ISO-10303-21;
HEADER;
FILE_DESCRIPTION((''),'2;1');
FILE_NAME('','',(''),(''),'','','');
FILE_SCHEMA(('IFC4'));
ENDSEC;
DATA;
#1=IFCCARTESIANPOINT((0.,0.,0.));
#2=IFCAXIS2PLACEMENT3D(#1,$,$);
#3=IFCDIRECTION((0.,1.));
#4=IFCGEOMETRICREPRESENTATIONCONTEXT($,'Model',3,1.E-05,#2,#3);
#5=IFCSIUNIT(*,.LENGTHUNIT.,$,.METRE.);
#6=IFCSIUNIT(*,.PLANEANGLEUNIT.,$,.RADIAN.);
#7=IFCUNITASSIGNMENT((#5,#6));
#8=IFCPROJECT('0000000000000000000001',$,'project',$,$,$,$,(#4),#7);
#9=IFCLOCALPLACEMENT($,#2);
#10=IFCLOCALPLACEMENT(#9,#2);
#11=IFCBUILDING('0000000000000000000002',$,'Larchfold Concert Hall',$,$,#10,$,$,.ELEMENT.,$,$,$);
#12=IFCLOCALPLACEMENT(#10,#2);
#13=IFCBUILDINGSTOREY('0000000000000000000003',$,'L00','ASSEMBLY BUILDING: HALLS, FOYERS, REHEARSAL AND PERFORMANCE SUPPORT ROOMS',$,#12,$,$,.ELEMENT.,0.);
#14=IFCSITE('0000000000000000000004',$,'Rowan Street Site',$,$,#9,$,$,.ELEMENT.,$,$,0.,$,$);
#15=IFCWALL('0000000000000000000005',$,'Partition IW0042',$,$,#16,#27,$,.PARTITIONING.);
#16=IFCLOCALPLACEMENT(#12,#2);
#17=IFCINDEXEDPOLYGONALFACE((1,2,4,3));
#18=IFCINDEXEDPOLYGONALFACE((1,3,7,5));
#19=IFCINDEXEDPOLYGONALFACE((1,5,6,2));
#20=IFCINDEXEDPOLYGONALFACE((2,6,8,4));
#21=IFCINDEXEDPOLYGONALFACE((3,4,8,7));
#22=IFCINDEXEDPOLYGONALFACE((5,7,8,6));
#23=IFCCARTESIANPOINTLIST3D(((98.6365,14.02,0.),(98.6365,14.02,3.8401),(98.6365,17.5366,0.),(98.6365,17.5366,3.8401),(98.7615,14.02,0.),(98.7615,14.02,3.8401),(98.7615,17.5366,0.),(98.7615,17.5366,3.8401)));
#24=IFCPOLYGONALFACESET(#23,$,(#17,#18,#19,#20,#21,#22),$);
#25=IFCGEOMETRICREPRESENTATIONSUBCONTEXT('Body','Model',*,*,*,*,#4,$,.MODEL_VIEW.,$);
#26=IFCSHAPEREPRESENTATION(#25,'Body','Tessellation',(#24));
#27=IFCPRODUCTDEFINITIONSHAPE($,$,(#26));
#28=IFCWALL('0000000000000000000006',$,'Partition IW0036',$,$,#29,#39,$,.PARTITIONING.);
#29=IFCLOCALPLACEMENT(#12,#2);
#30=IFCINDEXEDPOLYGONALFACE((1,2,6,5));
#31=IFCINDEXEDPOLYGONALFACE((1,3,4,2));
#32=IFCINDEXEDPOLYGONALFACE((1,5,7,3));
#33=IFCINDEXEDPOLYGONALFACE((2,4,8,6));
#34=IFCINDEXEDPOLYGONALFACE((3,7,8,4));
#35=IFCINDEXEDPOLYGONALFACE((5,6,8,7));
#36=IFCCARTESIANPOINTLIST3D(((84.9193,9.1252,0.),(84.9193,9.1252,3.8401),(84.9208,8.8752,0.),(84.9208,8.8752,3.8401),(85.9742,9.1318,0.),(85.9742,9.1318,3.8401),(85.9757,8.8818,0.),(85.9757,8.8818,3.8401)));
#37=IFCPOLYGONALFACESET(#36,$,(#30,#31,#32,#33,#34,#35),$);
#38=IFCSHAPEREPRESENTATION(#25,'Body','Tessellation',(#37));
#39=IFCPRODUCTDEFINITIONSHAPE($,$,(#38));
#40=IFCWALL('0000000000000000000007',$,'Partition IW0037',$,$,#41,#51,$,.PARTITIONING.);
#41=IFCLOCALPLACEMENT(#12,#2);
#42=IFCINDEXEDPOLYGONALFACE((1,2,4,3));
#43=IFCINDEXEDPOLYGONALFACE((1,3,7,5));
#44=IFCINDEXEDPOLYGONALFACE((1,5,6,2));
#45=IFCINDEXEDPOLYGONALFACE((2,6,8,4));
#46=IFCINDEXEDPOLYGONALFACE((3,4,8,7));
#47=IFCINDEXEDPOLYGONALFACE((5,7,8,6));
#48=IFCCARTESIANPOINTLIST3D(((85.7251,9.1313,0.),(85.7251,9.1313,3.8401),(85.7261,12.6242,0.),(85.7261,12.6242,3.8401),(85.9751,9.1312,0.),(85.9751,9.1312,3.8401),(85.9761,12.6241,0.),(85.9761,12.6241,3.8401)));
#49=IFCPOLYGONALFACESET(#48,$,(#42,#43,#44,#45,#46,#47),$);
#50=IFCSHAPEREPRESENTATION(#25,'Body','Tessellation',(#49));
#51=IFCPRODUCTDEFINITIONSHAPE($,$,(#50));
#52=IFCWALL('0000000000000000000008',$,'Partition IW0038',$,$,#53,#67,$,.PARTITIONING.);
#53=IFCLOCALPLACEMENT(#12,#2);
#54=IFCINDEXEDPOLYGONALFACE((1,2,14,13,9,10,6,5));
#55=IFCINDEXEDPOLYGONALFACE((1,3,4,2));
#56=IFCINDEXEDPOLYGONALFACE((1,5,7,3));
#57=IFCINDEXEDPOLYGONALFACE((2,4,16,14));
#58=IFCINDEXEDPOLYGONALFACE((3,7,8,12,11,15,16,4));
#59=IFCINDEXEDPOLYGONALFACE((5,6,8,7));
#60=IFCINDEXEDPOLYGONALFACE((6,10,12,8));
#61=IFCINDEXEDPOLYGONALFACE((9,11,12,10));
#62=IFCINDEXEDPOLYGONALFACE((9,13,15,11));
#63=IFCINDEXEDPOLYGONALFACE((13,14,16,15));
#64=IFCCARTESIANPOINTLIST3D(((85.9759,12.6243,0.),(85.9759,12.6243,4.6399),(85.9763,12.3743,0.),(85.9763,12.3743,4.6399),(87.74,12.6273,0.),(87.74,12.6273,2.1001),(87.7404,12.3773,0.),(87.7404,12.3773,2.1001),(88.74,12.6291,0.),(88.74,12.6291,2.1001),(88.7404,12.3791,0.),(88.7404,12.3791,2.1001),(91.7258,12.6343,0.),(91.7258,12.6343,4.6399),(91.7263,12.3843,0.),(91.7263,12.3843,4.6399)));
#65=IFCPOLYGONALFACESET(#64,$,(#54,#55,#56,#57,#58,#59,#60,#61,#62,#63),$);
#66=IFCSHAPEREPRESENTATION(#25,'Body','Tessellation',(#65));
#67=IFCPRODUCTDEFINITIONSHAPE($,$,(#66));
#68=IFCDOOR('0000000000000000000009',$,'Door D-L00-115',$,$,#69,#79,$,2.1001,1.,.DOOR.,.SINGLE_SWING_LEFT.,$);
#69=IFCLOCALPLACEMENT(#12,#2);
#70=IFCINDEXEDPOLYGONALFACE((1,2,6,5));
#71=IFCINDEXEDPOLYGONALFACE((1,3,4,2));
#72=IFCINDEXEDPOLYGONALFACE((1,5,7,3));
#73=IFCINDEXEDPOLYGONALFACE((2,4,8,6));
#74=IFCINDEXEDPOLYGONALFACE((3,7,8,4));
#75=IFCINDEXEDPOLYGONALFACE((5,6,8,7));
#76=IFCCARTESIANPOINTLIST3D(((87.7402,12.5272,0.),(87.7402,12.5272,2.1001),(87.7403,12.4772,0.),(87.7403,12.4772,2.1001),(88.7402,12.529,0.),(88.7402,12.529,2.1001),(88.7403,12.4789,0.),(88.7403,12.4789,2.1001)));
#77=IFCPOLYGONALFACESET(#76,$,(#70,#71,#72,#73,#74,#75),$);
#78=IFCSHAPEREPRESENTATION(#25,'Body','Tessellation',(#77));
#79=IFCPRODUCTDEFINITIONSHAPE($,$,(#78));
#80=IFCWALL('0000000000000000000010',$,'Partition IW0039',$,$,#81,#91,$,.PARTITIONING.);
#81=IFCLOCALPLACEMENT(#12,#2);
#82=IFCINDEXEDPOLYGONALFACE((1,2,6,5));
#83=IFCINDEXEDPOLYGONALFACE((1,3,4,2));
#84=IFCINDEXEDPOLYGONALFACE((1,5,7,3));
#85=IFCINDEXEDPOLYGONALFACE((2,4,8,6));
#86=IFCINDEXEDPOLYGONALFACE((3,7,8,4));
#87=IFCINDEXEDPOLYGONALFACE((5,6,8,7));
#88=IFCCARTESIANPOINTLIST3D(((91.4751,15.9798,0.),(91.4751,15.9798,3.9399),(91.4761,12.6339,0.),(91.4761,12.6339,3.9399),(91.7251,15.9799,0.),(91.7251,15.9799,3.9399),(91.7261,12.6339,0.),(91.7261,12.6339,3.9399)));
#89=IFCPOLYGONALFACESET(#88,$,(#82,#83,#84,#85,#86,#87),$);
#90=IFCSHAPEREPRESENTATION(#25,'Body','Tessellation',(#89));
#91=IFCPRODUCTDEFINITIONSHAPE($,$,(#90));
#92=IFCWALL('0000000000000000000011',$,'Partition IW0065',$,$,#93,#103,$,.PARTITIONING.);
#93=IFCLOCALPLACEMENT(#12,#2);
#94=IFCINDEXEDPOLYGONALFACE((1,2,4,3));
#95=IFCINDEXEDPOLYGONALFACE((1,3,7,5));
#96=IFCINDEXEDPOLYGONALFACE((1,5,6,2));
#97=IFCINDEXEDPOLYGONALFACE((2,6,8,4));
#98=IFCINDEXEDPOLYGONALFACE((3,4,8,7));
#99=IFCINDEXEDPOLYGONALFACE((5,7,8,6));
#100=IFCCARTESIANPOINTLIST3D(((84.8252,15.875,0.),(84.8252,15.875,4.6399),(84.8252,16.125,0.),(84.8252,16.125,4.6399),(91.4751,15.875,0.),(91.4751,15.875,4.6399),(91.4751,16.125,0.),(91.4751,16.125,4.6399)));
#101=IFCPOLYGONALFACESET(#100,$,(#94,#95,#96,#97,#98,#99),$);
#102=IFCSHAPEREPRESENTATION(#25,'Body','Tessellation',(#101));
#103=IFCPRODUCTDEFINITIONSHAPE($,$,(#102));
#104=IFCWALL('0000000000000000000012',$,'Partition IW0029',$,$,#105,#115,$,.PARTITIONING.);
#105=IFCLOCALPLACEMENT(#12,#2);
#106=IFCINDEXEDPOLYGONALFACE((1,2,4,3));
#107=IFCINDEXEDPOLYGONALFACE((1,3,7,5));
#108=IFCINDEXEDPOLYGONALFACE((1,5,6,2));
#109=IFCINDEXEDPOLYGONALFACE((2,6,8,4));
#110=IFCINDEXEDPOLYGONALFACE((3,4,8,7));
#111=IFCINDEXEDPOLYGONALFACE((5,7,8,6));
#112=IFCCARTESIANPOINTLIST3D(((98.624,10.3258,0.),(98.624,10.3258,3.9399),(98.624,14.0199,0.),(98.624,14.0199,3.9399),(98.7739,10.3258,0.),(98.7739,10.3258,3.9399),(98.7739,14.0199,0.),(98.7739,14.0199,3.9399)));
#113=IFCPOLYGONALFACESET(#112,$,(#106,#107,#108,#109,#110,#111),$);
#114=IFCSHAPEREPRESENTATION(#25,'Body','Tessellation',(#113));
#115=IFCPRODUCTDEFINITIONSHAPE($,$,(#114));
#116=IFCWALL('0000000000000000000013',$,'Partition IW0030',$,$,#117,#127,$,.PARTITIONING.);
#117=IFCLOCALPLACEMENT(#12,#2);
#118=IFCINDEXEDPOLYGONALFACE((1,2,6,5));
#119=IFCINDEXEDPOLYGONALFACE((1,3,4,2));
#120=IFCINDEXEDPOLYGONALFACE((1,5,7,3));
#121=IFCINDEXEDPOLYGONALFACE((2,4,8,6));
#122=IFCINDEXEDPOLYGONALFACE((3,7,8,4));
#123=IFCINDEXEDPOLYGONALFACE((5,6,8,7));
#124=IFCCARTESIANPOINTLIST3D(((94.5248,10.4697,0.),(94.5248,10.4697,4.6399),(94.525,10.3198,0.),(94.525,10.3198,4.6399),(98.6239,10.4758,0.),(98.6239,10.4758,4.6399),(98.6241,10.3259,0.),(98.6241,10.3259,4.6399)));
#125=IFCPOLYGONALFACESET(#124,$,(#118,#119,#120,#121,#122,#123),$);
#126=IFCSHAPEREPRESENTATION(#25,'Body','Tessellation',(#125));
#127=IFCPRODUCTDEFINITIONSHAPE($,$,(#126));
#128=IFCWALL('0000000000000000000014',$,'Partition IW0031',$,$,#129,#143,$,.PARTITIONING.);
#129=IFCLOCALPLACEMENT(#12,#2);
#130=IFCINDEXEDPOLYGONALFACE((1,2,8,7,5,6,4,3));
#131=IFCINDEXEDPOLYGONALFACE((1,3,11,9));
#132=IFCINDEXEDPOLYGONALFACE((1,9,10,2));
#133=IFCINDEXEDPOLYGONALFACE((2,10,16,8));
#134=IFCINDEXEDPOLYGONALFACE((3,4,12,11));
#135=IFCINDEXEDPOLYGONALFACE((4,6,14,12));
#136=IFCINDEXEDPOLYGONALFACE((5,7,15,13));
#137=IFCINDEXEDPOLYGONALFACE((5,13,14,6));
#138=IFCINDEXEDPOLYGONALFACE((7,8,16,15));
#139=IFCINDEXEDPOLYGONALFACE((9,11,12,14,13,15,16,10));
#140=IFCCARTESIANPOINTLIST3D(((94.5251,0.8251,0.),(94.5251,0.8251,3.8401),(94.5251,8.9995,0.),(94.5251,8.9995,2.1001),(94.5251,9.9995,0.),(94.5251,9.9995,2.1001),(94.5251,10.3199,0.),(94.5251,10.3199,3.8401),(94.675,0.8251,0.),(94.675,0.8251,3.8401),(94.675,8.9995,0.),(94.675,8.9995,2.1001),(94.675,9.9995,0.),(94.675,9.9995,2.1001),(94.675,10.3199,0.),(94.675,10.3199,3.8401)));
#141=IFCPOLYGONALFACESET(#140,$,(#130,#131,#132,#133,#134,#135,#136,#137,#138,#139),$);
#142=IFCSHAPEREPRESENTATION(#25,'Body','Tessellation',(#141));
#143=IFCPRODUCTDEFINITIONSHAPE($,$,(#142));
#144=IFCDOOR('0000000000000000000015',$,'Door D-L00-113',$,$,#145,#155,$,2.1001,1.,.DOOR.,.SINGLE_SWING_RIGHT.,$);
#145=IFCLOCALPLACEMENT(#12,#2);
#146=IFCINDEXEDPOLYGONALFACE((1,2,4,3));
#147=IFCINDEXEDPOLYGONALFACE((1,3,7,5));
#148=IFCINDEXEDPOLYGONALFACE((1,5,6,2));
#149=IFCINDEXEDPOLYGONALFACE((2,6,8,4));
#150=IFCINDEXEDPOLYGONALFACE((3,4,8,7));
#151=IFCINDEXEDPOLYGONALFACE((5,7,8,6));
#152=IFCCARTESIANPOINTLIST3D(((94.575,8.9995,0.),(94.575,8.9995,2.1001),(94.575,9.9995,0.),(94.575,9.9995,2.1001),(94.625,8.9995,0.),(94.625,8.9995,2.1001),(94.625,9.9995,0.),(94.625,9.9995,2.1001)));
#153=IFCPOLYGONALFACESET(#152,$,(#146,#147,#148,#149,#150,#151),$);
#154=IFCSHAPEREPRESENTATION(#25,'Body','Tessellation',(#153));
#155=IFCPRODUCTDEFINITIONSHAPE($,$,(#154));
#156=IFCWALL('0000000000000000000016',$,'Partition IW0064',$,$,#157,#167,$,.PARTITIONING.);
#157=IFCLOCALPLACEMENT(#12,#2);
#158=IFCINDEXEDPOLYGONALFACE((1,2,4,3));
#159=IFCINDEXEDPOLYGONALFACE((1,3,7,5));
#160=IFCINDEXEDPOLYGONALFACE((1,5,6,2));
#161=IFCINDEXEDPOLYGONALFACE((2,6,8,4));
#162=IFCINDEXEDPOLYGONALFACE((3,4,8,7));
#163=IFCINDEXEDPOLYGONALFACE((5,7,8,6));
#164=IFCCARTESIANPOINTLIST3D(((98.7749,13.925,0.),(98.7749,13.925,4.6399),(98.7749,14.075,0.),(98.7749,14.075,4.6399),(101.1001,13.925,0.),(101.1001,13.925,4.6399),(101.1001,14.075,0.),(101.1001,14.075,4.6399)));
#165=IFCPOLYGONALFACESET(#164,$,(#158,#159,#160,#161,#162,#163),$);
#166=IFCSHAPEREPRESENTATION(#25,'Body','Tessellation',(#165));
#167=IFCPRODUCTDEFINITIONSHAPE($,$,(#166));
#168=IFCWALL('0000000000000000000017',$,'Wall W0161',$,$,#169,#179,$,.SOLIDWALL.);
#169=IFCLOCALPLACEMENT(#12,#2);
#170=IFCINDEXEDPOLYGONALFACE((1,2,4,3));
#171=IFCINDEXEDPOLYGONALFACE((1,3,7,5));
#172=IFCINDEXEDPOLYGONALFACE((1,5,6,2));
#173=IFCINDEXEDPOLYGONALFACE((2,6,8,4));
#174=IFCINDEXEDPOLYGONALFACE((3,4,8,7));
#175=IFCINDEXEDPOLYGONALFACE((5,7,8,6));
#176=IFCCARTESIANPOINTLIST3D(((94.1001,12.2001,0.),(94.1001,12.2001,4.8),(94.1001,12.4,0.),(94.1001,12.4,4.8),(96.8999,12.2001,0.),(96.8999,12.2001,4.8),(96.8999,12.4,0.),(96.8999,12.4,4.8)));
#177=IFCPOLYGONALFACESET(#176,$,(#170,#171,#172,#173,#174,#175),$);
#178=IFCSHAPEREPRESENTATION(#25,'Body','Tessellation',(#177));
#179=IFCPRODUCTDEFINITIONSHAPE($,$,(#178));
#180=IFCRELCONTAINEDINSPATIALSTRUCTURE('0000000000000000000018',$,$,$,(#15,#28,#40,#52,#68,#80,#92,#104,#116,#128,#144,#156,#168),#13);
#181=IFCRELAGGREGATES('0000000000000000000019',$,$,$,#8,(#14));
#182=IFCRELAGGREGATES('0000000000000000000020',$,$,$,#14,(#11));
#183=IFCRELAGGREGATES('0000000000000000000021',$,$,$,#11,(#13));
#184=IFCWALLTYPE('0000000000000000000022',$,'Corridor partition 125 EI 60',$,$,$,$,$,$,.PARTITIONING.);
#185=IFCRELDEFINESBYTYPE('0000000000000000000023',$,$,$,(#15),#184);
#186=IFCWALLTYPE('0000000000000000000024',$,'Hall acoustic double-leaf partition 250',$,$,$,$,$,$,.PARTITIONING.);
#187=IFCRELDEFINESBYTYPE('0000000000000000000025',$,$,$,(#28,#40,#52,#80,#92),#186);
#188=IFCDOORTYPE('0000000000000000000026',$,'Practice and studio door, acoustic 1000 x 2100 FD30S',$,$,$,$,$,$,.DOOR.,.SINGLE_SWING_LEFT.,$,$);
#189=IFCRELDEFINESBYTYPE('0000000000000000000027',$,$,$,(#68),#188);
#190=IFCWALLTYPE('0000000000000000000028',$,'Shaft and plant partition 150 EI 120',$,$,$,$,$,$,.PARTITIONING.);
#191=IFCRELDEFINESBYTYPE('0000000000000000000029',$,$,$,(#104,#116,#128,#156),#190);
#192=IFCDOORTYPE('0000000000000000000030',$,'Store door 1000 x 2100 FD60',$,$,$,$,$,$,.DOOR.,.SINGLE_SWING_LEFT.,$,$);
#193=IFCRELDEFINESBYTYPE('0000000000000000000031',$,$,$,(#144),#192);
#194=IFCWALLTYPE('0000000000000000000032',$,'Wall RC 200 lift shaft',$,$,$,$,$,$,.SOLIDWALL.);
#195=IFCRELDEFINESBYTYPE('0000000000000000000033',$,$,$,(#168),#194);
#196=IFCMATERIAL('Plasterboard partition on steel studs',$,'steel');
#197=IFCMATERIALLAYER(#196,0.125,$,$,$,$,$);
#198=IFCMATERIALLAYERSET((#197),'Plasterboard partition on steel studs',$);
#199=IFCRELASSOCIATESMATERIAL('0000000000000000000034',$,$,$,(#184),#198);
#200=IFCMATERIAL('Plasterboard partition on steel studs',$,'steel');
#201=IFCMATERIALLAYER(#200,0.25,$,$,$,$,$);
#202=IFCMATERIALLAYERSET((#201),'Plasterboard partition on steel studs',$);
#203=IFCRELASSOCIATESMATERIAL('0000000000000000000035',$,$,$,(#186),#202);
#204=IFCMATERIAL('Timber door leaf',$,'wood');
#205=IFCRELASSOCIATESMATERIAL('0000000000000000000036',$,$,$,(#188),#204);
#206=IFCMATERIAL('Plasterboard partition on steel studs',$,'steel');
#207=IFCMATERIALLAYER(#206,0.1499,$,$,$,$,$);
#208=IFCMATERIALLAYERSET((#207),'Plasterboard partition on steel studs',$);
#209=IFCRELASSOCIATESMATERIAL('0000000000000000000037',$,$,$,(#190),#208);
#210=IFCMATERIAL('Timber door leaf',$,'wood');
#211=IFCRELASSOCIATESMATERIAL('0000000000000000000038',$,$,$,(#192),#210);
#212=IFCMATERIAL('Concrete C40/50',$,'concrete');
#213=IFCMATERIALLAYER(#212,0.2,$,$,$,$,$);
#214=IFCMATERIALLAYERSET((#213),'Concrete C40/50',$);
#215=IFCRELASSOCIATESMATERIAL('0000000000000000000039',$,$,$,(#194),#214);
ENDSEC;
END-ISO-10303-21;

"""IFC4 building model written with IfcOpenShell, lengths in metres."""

from ifc_helpers import new_model, si_unit, direction, frame, frame_2d, origin, place, context, subcontext, project, spatial, rectangle, extrude, material, layer, layer_set, type_object, element, fill, save


model = new_model("IFC4")

# Units and contexts
model_context = context("Model", 3, precision=1e-05, world=origin(), true_north=direction((0.0, 1.0)))
body_context = subcontext(model_context, "Body", "Model", "MODEL_VIEW")
ifc_project = project(units=[si_unit("LENGTHUNIT", "METRE"), si_unit("PLANEANGLEUNIT", "RADIAN")], contexts=[model_context])

# Site, building, storey
site_placement = place(None, origin())
site = spatial("IfcSite", under=ifc_project, at=site_placement, Name="Rowan Street Site", CompositionType="ELEMENT", RefElevation=0.0)
building_placement = place(site_placement, origin())
building = spatial("IfcBuilding", under=site, at=building_placement, Name="Larchfold Concert Hall", CompositionType="ELEMENT")
storey_placement = place(building_placement, origin())
storey = spatial("IfcBuildingStorey", under=building, at=storey_placement, Name="L00", Description="ASSEMBLY BUILDING: HALLS, FOYERS, REHEARSAL AND PERFORMANCE SUPPORT ROOMS", CompositionType="ELEMENT", Elevation=0.0)

# Shared definitions
ifc_material_1 = material(Name="Plasterboard partition on steel studs", Category="steel")
ifc_layer_1 = layer(ifc_material_1, 0.125)
ifc_layer_set_1 = layer_set([ifc_layer_1], Name="Plasterboard partition on steel studs")
wall_type_1 = type_object("IfcWallType", Name="Corridor partition 125 EI 60", PredefinedType="PARTITIONING", material=ifc_layer_set_1)

# Walls
wall_1_placement = place(storey_placement, frame((98.699, 17.5366, 0.0), z_axis=(0.0, 0.0, 1.0), x_axis=(0.0, -1.0, 0.0)))
element("IfcWall", 1, at=wall_1_placement, inside=storey, type_object=wall_type_1, Name="Partition IW0042", PredefinedType="PARTITIONING", context=body_context, shape_type="SweptSolid", body=[
    extrude(rectangle(XDim=3.5166, YDim=0.125, at=frame_2d((1.7583, 0.0))), origin(), (0.0, 0.0, 1.0), 3.8401),
])
ifc_material_2 = material(Name="Plasterboard partition on steel studs", Category="steel")
ifc_layer_2 = layer(ifc_material_2, 0.25)
ifc_layer_set_2 = layer_set([ifc_layer_2], Name="Plasterboard partition on steel studs")
wall_type_2 = type_object("IfcWallType", Name="Hall acoustic double-leaf partition 250", PredefinedType="PARTITIONING", material=ifc_layer_set_2)
wall_2_placement = place(storey_placement, frame((84.9202, 9.0002, 0.0), z_axis=(0.0, 0.0, 1.0), x_axis=(0.99998, 0.006248, 0.0)))
element("IfcWall", 2, at=wall_2_placement, inside=storey, type_object=wall_type_2, Name="Partition IW0036", PredefinedType="PARTITIONING", context=body_context, shape_type="SweptSolid", body=[
    extrude(rectangle(XDim=1.0549, YDim=0.25, at=frame_2d((0.5273, 0.0))), origin(), (0.0, 0.0, 1.0), 3.8401),
])
wall_3_placement = place(storey_placement, frame((85.8501, 9.1311, 0.0), z_axis=(0.0, 0.0, 1.0), x_axis=(0.00028, 1.0, 0.0)))
element("IfcWall", 3, at=wall_3_placement, inside=storey, type_object=wall_type_2, Name="Partition IW0037", PredefinedType="PARTITIONING", context=body_context, shape_type="SweptSolid", body=[
    extrude(rectangle(XDim=3.4929, YDim=0.25, at=frame_2d((1.7466, 0.0))), origin(), (0.0, 0.0, 1.0), 3.8401),
])

# Wall, opening, door
wall_4_placement = place(storey_placement, frame((85.9761, 12.4993, 0.0), z_axis=(0.0, 0.0, 1.0), x_axis=(0.999998, 0.001741, 0.0)))
wall_4 = element("IfcWall", 4, at=wall_4_placement, inside=storey, type_object=wall_type_2, Name="Partition IW0038", PredefinedType="PARTITIONING", context=body_context, shape_type="SweptSolid", body=[
    extrude(rectangle(XDim=5.75, YDim=0.25, at=frame_2d((2.875, 0.0))), origin(), (0.0, 0.0, 1.0), 4.6399),
])
opening_1_placement = place(wall_4_placement, frame((1.7642, 0.0, 0.0)))
opening_1 = element("IfcOpeningElement", 5, at=opening_1_placement, cuts=wall_4, PredefinedType="OPENING", context=body_context, shape_type="SweptSolid", body=[
    extrude(rectangle(XDim=1.0, YDim=2.1001, at=frame_2d((0.5, 1.05))), frame((0.0, 0.135, 0.0), z_axis=(0.0, -1.0, 0.0), x_axis=(1.0, 0.0, 0.0)), (0.0, 0.0, 1.0), 0.27),
])
ifc_material_3 = material(Name="Timber door leaf", Category="wood")
door_type_1 = type_object("IfcDoorType", Name="Practice and studio door, acoustic 1000 x 2100 FD30S", OperationType="SINGLE_SWING_LEFT", PredefinedType="DOOR", material=ifc_material_3)
door_1_placement = place(opening_1_placement, origin())
door_1 = element("IfcDoor", 6, at=door_1_placement, inside=storey, type_object=door_type_1, Name="Door D-L00-115", OperationType="SINGLE_SWING_LEFT", OverallHeight=2.1001, OverallWidth=1.0, PredefinedType="DOOR", context=body_context, shape_type="SweptSolid", body=[
    extrude(rectangle(XDim=1.0, YDim=2.1001, at=frame_2d((0.5, 1.05))), frame((0.0, 0.0249, 0.0), z_axis=(0.0, -1.0, 0.0), x_axis=(1.0, 0.0, 0.0)), (0.0, 0.0, 1.0), 0.05),
])
fill(opening_1, door_1)

# Walls
wall_5_placement = place(storey_placement, frame((91.6011, 12.634, 0.0), z_axis=(0.0, 0.0, 1.0), x_axis=(-0.000292, 1.0, 0.0)))
element("IfcWall", 7, at=wall_5_placement, inside=storey, type_object=wall_type_2, Name="Partition IW0039", PredefinedType="PARTITIONING", context=body_context, shape_type="SweptSolid", body=[
    extrude(rectangle(XDim=3.3459, YDim=0.25, at=frame_2d((1.6729, 0.0))), origin(), (0.0, 0.0, 1.0), 3.9399),
])
wall_6_placement = place(storey_placement, frame((91.4751, 16.0, 0.0), z_axis=(0.0, 0.0, 1.0), x_axis=(-1.0, 0.0, 0.0)))
element("IfcWall", 8, at=wall_6_placement, inside=storey, type_object=wall_type_2, Name="Partition IW0065", PredefinedType="PARTITIONING", context=body_context, shape_type="SweptSolid", body=[
    extrude(rectangle(XDim=6.6499, YDim=0.25, at=frame_2d((3.325, 0.0))), origin(), (0.0, 0.0, 1.0), 4.6399),
])
ifc_material_4 = material(Name="Plasterboard partition on steel studs", Category="steel")
ifc_layer_3 = layer(ifc_material_4, 0.1499)
ifc_layer_set_3 = layer_set([ifc_layer_3], Name="Plasterboard partition on steel studs")
wall_type_3 = type_object("IfcWallType", Name="Shaft and plant partition 150 EI 120", PredefinedType="PARTITIONING", material=ifc_layer_set_3)
wall_7_placement = place(storey_placement, frame((98.699, 14.02, 0.0), z_axis=(0.0, 0.0, 1.0), x_axis=(0.0, -1.0, 0.0)))
element("IfcWall", 9, at=wall_7_placement, inside=storey, type_object=wall_type_3, Name="Partition IW0029", PredefinedType="PARTITIONING", context=body_context, shape_type="SweptSolid", body=[
    extrude(rectangle(XDim=3.6941, YDim=0.1499, at=frame_2d((1.8472, 0.0))), origin(), (0.0, 0.0, 1.0), 3.9399),
])
wall_8_placement = place(storey_placement, frame((98.624, 10.4009, 0.0), z_axis=(0.0, 0.0, 1.0), x_axis=(-0.999999, -0.001489, 0.0)))
element("IfcWall", 10, at=wall_8_placement, inside=storey, type_object=wall_type_3, Name="Partition IW0030", PredefinedType="PARTITIONING", context=body_context, shape_type="SweptSolid", body=[
    extrude(rectangle(XDim=4.0991, YDim=0.1499, at=frame_2d((2.0496, 0.0))), origin(), (0.0, 0.0, 1.0), 4.6399),
])

# Wall, opening, door
wall_9_placement = place(storey_placement, frame((94.6001, 10.3201, 0.0), z_axis=(0.0, 0.0, 1.0), x_axis=(0.0, -1.0, 0.0)))
wall_9 = element("IfcWall", 11, at=wall_9_placement, inside=storey, type_object=wall_type_3, Name="Partition IW0031", PredefinedType="PARTITIONING", context=body_context, shape_type="SweptSolid", body=[
    extrude(rectangle(XDim=9.4949, YDim=0.1499, at=frame_2d((4.7476, 0.0))), origin(), (0.0, 0.0, 1.0), 3.8401),
])
opening_2_placement = place(wall_9_placement, frame((0.3206, 0.0, 0.0)))
opening_2 = element("IfcOpeningElement", 12, at=opening_2_placement, cuts=wall_9, PredefinedType="OPENING", context=body_context, shape_type="SweptSolid", body=[
    extrude(rectangle(XDim=1.0, YDim=2.1001, at=frame_2d((0.5, 1.05))), frame((0.0, 0.085, 0.0), z_axis=(0.0, -1.0, 0.0), x_axis=(1.0, 0.0, 0.0)), (0.0, 0.0, 1.0), 0.1699),
])
ifc_material_5 = material(Name="Timber door leaf", Category="wood")
door_type_2 = type_object("IfcDoorType", Name="Store door 1000 x 2100 FD60", OperationType="SINGLE_SWING_LEFT", PredefinedType="DOOR", material=ifc_material_5)
door_2_placement = place(opening_2_placement, origin())
door_2 = element("IfcDoor", 13, at=door_2_placement, inside=storey, type_object=door_type_2, Name="Door D-L00-113", OperationType="SINGLE_SWING_RIGHT", OverallHeight=2.1001, OverallWidth=1.0, PredefinedType="DOOR", context=body_context, shape_type="SweptSolid", body=[
    extrude(rectangle(XDim=1.0, YDim=2.1001, at=frame_2d((0.5, 1.05))), frame((0.0, 0.0249, 0.0), z_axis=(0.0, -1.0, 0.0), x_axis=(1.0, 0.0, 0.0)), (0.0, 0.0, 1.0), 0.05),
])
fill(opening_2, door_2)

# Walls
wall_10_placement = place(storey_placement, frame((98.7749, 14.0, 0.0), z_axis=(0.0, 0.0, 1.0), x_axis=(1.0, 0.0, 0.0)))
element("IfcWall", 14, at=wall_10_placement, inside=storey, type_object=wall_type_3, Name="Partition IW0064", PredefinedType="PARTITIONING", context=body_context, shape_type="SweptSolid", body=[
    extrude(rectangle(XDim=2.3252, YDim=0.1499, at=frame_2d((1.1626, 0.0))), origin(), (0.0, 0.0, 1.0), 4.6399),
])
ifc_material_6 = material(Name="Concrete C40/50", Category="concrete")
ifc_layer_4 = layer(ifc_material_6, 0.2)
ifc_layer_set_4 = layer_set([ifc_layer_4], Name="Concrete C40/50")
wall_type_4 = type_object("IfcWallType", Name="Wall RC 200 lift shaft", PredefinedType="SOLIDWALL", material=ifc_layer_set_4)
wall_11_placement = place(storey_placement, frame((94.1001, 12.3, 0.0), z_axis=(0.0, 0.0, 1.0), x_axis=(1.0, 0.0, 0.0)))
element("IfcWall", 15, at=wall_11_placement, inside=storey, type_object=wall_type_4, Name="Wall W0161", PredefinedType="SOLIDWALL", context=body_context, shape_type="SweptSolid", body=[
    extrude(rectangle(XDim=2.7998, YDim=0.2, at=frame_2d((1.3999, 0.0))), origin(), (0.0, 0.0, 1.0), 4.8),
])

save(model, "model.ifc")
